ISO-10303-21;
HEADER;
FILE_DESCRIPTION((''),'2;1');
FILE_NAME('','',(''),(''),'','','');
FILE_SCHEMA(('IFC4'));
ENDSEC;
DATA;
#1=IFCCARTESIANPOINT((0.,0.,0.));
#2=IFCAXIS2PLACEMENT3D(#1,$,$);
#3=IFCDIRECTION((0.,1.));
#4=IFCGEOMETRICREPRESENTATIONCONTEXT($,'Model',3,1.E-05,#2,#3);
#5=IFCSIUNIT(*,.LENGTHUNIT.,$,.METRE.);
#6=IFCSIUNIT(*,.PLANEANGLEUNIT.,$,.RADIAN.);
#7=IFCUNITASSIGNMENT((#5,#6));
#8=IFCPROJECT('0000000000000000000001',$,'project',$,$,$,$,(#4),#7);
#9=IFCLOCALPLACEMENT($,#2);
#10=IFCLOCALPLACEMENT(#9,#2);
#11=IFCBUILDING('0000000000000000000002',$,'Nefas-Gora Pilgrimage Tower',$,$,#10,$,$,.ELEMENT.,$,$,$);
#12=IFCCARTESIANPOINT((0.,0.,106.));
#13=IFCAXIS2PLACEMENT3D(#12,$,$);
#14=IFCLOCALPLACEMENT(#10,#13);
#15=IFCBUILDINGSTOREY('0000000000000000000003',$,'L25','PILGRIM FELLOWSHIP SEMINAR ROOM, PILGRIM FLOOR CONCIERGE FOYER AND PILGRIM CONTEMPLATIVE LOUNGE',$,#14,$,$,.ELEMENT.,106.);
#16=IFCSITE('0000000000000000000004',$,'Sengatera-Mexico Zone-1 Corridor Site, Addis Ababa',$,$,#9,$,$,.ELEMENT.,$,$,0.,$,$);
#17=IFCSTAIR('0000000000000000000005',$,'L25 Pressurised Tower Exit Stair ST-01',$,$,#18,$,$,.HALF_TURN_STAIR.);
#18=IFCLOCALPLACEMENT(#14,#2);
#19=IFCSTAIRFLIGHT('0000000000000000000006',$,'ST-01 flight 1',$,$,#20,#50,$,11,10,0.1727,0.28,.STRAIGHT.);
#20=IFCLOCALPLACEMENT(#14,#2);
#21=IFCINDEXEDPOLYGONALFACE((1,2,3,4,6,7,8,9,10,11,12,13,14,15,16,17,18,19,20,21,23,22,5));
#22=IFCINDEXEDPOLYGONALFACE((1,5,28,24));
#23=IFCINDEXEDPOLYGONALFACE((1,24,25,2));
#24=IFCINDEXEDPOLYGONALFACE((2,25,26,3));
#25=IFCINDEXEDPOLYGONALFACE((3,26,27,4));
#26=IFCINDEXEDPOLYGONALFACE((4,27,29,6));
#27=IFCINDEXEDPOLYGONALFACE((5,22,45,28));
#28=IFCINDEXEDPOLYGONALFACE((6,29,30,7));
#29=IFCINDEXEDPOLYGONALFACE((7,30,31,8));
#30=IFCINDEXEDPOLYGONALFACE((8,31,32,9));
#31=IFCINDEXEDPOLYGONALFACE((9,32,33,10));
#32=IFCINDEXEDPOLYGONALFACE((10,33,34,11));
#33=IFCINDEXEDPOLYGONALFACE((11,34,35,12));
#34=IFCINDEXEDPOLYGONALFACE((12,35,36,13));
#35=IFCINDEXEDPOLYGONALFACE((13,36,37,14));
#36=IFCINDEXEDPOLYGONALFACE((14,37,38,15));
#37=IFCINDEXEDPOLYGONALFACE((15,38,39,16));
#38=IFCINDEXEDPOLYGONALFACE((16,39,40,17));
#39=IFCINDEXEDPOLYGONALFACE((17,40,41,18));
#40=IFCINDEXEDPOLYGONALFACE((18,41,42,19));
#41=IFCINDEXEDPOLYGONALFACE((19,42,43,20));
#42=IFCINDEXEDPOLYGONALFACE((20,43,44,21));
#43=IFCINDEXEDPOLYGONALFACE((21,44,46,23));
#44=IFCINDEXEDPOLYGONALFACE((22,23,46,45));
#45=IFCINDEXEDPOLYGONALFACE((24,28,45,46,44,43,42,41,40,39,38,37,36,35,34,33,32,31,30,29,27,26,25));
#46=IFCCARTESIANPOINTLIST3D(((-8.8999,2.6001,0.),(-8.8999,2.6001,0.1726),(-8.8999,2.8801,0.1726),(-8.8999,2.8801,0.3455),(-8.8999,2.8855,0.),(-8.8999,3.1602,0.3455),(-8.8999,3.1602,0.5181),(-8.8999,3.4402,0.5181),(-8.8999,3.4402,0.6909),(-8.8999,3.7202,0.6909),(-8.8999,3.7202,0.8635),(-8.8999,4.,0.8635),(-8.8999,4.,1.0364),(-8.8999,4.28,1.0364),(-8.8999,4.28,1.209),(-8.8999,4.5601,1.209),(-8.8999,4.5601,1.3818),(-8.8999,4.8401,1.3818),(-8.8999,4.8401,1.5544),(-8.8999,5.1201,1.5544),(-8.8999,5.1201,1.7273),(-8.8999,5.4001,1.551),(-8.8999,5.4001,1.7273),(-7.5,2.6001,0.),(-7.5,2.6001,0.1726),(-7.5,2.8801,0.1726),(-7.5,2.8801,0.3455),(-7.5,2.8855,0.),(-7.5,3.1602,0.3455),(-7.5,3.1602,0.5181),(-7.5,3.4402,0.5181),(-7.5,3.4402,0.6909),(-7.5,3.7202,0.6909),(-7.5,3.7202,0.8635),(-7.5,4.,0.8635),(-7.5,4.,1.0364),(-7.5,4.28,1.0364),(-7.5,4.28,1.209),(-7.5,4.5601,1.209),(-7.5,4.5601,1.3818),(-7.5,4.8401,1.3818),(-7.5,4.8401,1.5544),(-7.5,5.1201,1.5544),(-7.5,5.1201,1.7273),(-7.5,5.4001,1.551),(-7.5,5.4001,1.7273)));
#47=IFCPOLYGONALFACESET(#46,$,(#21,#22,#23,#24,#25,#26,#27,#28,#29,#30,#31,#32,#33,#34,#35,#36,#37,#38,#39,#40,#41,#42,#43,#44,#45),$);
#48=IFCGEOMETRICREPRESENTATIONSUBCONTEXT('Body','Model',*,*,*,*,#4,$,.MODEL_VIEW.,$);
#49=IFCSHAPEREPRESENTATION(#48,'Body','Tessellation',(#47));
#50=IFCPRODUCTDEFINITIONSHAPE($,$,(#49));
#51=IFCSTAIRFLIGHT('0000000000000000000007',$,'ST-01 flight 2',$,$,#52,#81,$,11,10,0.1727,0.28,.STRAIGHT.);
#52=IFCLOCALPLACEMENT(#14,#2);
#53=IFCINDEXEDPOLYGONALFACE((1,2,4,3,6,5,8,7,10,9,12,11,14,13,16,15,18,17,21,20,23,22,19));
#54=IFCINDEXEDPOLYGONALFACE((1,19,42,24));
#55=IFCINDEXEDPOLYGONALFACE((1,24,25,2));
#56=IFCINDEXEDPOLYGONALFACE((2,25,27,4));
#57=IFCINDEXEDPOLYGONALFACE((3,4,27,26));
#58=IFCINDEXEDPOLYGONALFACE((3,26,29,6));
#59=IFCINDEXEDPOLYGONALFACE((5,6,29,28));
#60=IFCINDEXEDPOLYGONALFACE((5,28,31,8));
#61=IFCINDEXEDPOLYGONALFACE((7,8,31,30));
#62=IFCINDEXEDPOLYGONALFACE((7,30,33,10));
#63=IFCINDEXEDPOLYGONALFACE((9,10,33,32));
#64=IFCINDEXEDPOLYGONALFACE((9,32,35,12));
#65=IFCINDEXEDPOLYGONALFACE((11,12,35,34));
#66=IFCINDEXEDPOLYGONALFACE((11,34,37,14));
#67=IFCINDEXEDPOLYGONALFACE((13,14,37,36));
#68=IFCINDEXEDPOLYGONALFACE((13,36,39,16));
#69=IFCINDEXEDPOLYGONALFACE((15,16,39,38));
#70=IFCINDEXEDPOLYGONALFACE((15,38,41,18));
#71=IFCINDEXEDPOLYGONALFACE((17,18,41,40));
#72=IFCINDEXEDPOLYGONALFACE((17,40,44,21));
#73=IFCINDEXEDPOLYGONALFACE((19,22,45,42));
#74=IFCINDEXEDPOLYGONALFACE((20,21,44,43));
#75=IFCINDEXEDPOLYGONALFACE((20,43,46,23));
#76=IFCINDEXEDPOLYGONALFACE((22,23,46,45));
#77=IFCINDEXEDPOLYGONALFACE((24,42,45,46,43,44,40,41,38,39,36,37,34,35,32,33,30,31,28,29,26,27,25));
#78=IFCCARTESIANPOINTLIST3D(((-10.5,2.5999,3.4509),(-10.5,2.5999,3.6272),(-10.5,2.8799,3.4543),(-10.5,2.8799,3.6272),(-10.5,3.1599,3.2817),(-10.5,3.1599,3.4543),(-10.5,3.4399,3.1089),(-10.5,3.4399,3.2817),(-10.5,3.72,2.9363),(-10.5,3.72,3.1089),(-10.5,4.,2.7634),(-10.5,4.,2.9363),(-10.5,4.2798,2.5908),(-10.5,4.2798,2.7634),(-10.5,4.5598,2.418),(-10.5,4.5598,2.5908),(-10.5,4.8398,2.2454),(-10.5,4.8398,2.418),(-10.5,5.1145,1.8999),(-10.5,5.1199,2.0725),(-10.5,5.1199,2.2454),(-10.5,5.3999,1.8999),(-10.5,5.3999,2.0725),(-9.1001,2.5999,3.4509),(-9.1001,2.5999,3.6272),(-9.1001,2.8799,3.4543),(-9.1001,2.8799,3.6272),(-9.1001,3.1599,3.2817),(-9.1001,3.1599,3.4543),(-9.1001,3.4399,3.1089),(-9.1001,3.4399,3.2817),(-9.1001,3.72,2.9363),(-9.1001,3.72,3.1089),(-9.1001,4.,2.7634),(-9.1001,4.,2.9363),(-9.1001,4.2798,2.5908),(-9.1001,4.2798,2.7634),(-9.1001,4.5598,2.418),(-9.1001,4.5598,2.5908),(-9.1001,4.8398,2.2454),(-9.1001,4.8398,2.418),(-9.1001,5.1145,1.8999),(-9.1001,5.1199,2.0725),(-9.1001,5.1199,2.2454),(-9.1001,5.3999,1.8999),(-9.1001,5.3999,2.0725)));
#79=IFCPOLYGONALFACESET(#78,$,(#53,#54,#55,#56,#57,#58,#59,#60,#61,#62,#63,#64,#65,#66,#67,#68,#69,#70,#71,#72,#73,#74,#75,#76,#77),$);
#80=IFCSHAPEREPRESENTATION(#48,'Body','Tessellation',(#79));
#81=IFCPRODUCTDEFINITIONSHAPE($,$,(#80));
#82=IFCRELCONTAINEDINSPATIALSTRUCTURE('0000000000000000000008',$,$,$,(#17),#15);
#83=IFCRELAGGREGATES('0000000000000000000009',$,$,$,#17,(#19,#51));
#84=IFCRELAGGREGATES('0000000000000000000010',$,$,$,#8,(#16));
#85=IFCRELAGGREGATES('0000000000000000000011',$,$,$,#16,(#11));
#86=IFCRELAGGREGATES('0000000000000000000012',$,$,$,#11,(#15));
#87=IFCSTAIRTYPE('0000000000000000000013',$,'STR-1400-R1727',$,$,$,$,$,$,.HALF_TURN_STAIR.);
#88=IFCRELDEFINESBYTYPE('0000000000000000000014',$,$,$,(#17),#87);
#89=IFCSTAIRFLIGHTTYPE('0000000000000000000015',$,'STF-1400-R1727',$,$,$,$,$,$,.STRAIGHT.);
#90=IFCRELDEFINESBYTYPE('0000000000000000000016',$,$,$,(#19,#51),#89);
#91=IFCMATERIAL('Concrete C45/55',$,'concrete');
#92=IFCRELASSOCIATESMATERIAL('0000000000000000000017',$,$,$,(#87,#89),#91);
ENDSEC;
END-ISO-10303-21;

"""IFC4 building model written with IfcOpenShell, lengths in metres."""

from ifc_helpers import new_model, si_unit, direction, frame, origin, place, context, subcontext, project, spatial, polyline, outline, extrude, source, transform, mapped, material, type_object, element, aggregate, save


model = new_model("IFC4")

# Units and contexts
model_context = context("Model", 3, precision=1e-05, world=origin(), true_north=direction((0.0, 1.0)))
body_context = subcontext(model_context, "Body", "Model", "MODEL_VIEW")
ifc_project = project(units=[si_unit("LENGTHUNIT", "METRE"), si_unit("PLANEANGLEUNIT", "RADIAN")], contexts=[model_context])

# Site, building, storey
site_placement = place(None, origin())
site = spatial("IfcSite", under=ifc_project, at=site_placement, Name="Sengatera-Mexico Zone-1 Corridor Site, Addis Ababa", CompositionType="ELEMENT", RefElevation=0.0)
building_placement = place(site_placement, origin())
building = spatial("IfcBuilding", under=site, at=building_placement, Name="Nefas-Gora Pilgrimage Tower", CompositionType="ELEMENT")
storey_placement = place(building_placement, frame((0.0, 0.0, 106.0)))
storey = spatial("IfcBuildingStorey", under=building, at=storey_placement, Name="L25", Description="PILGRIM FELLOWSHIP SEMINAR ROOM, PILGRIM FLOOR CONCIERGE FOYER AND PILGRIM CONTEMPLATIVE LOUNGE", CompositionType="ELEMENT", Elevation=106.0)

# Stair
ifc_material_1 = material(Name="Concrete C45/55", Category="concrete")
stair_type = type_object("IfcStairType", Name="STR-1400-R1727", PredefinedType="HALF_TURN_STAIR", material=ifc_material_1)
stair_1_placement = place(storey_placement, origin())
stair_1 = element("IfcStair", 1, at=stair_1_placement, inside=storey, type_object=stair_type, Name="L25 Pressurised Tower Exit Stair ST-01", PredefinedType="HALF_TURN_STAIR")

# Stair flights
stair_flight_type = type_object("IfcStairFlightType", Name="STF-1400-R1727", PredefinedType="STRAIGHT", material=ifc_material_1)
shared_shape_1 = source(origin(), body_context, "Body", "SweptSolid", [
    extrude(outline(polyline([(0.0, 0.0), (0.0, 0.1726), (0.28, 0.1726), (0.28, 0.3455), (0.5601, 0.3455), (0.5601, 0.5181), (0.8401, 0.5181), (0.8401, 0.6909), (1.1201, 0.6909), (1.1201, 0.8635), (1.3999, 0.8635), (1.3999, 1.0364), (1.6799, 1.0364), (1.6799, 1.209), (1.96, 1.209), (1.96, 1.3818), (2.24, 1.3818), (2.24, 1.5544), (2.52, 1.5544), (2.52, 1.7273), (2.8, 1.7273), (2.8, 1.8999), (2.8, 1.551), (0.2854, 0.0), (0.0, 0.0)])), frame((0.0, 0.7, 0.0), z_axis=(0.0, -1.0, 0.0), x_axis=(1.0, 0.0, 0.0)), (0.0, 0.0, 1.0), 1.3999),
])
stair_flight_1_placement = place(storey_placement, frame((-8.2, 2.6001, 0.0), z_axis=(0.0, 0.0, 1.0), x_axis=(0.0, 1.0, 0.0)))
stair_flight_1 = element("IfcStairFlight", 2, at=stair_flight_1_placement, type_object=stair_flight_type, Name="ST-01 flight 1", NumberOfRisers=11, NumberOfTreads=10, PredefinedType="STRAIGHT", RiserHeight=0.1727, TreadLength=0.28, context=body_context, shape_type="MappedRepresentation", body=[
    mapped(shared_shape_1, transform((0.0, 0.0, 0.0), x_axis=(1.0, 0.0, 0.0), y_axis=(0.0, 1.0, 0.0), z_axis=(0.0, 0.0, 1.0), scale=1.0)),
])
stair_flight_2_placement = place(storey_placement, frame((-9.8, 5.3999, 1.8999), z_axis=(0.0, 0.0, 1.0), x_axis=(0.0, -1.0, 0.0)))
stair_flight_2 = element("IfcStairFlight", 3, at=stair_flight_2_placement, type_object=stair_flight_type, Name="ST-01 flight 2", NumberOfRisers=11, NumberOfTreads=10, PredefinedType="STRAIGHT", RiserHeight=0.1727, TreadLength=0.28, context=body_context, shape_type="MappedRepresentation", body=[
    mapped(shared_shape_1, transform((0.0, 0.0, 0.0), x_axis=(1.0, 0.0, 0.0), y_axis=(0.0, 1.0, 0.0), z_axis=(0.0, 0.0, 1.0), scale=1.0)),
])
aggregate(stair_1, [stair_flight_1, stair_flight_2])

save(model, "model.ifc")
